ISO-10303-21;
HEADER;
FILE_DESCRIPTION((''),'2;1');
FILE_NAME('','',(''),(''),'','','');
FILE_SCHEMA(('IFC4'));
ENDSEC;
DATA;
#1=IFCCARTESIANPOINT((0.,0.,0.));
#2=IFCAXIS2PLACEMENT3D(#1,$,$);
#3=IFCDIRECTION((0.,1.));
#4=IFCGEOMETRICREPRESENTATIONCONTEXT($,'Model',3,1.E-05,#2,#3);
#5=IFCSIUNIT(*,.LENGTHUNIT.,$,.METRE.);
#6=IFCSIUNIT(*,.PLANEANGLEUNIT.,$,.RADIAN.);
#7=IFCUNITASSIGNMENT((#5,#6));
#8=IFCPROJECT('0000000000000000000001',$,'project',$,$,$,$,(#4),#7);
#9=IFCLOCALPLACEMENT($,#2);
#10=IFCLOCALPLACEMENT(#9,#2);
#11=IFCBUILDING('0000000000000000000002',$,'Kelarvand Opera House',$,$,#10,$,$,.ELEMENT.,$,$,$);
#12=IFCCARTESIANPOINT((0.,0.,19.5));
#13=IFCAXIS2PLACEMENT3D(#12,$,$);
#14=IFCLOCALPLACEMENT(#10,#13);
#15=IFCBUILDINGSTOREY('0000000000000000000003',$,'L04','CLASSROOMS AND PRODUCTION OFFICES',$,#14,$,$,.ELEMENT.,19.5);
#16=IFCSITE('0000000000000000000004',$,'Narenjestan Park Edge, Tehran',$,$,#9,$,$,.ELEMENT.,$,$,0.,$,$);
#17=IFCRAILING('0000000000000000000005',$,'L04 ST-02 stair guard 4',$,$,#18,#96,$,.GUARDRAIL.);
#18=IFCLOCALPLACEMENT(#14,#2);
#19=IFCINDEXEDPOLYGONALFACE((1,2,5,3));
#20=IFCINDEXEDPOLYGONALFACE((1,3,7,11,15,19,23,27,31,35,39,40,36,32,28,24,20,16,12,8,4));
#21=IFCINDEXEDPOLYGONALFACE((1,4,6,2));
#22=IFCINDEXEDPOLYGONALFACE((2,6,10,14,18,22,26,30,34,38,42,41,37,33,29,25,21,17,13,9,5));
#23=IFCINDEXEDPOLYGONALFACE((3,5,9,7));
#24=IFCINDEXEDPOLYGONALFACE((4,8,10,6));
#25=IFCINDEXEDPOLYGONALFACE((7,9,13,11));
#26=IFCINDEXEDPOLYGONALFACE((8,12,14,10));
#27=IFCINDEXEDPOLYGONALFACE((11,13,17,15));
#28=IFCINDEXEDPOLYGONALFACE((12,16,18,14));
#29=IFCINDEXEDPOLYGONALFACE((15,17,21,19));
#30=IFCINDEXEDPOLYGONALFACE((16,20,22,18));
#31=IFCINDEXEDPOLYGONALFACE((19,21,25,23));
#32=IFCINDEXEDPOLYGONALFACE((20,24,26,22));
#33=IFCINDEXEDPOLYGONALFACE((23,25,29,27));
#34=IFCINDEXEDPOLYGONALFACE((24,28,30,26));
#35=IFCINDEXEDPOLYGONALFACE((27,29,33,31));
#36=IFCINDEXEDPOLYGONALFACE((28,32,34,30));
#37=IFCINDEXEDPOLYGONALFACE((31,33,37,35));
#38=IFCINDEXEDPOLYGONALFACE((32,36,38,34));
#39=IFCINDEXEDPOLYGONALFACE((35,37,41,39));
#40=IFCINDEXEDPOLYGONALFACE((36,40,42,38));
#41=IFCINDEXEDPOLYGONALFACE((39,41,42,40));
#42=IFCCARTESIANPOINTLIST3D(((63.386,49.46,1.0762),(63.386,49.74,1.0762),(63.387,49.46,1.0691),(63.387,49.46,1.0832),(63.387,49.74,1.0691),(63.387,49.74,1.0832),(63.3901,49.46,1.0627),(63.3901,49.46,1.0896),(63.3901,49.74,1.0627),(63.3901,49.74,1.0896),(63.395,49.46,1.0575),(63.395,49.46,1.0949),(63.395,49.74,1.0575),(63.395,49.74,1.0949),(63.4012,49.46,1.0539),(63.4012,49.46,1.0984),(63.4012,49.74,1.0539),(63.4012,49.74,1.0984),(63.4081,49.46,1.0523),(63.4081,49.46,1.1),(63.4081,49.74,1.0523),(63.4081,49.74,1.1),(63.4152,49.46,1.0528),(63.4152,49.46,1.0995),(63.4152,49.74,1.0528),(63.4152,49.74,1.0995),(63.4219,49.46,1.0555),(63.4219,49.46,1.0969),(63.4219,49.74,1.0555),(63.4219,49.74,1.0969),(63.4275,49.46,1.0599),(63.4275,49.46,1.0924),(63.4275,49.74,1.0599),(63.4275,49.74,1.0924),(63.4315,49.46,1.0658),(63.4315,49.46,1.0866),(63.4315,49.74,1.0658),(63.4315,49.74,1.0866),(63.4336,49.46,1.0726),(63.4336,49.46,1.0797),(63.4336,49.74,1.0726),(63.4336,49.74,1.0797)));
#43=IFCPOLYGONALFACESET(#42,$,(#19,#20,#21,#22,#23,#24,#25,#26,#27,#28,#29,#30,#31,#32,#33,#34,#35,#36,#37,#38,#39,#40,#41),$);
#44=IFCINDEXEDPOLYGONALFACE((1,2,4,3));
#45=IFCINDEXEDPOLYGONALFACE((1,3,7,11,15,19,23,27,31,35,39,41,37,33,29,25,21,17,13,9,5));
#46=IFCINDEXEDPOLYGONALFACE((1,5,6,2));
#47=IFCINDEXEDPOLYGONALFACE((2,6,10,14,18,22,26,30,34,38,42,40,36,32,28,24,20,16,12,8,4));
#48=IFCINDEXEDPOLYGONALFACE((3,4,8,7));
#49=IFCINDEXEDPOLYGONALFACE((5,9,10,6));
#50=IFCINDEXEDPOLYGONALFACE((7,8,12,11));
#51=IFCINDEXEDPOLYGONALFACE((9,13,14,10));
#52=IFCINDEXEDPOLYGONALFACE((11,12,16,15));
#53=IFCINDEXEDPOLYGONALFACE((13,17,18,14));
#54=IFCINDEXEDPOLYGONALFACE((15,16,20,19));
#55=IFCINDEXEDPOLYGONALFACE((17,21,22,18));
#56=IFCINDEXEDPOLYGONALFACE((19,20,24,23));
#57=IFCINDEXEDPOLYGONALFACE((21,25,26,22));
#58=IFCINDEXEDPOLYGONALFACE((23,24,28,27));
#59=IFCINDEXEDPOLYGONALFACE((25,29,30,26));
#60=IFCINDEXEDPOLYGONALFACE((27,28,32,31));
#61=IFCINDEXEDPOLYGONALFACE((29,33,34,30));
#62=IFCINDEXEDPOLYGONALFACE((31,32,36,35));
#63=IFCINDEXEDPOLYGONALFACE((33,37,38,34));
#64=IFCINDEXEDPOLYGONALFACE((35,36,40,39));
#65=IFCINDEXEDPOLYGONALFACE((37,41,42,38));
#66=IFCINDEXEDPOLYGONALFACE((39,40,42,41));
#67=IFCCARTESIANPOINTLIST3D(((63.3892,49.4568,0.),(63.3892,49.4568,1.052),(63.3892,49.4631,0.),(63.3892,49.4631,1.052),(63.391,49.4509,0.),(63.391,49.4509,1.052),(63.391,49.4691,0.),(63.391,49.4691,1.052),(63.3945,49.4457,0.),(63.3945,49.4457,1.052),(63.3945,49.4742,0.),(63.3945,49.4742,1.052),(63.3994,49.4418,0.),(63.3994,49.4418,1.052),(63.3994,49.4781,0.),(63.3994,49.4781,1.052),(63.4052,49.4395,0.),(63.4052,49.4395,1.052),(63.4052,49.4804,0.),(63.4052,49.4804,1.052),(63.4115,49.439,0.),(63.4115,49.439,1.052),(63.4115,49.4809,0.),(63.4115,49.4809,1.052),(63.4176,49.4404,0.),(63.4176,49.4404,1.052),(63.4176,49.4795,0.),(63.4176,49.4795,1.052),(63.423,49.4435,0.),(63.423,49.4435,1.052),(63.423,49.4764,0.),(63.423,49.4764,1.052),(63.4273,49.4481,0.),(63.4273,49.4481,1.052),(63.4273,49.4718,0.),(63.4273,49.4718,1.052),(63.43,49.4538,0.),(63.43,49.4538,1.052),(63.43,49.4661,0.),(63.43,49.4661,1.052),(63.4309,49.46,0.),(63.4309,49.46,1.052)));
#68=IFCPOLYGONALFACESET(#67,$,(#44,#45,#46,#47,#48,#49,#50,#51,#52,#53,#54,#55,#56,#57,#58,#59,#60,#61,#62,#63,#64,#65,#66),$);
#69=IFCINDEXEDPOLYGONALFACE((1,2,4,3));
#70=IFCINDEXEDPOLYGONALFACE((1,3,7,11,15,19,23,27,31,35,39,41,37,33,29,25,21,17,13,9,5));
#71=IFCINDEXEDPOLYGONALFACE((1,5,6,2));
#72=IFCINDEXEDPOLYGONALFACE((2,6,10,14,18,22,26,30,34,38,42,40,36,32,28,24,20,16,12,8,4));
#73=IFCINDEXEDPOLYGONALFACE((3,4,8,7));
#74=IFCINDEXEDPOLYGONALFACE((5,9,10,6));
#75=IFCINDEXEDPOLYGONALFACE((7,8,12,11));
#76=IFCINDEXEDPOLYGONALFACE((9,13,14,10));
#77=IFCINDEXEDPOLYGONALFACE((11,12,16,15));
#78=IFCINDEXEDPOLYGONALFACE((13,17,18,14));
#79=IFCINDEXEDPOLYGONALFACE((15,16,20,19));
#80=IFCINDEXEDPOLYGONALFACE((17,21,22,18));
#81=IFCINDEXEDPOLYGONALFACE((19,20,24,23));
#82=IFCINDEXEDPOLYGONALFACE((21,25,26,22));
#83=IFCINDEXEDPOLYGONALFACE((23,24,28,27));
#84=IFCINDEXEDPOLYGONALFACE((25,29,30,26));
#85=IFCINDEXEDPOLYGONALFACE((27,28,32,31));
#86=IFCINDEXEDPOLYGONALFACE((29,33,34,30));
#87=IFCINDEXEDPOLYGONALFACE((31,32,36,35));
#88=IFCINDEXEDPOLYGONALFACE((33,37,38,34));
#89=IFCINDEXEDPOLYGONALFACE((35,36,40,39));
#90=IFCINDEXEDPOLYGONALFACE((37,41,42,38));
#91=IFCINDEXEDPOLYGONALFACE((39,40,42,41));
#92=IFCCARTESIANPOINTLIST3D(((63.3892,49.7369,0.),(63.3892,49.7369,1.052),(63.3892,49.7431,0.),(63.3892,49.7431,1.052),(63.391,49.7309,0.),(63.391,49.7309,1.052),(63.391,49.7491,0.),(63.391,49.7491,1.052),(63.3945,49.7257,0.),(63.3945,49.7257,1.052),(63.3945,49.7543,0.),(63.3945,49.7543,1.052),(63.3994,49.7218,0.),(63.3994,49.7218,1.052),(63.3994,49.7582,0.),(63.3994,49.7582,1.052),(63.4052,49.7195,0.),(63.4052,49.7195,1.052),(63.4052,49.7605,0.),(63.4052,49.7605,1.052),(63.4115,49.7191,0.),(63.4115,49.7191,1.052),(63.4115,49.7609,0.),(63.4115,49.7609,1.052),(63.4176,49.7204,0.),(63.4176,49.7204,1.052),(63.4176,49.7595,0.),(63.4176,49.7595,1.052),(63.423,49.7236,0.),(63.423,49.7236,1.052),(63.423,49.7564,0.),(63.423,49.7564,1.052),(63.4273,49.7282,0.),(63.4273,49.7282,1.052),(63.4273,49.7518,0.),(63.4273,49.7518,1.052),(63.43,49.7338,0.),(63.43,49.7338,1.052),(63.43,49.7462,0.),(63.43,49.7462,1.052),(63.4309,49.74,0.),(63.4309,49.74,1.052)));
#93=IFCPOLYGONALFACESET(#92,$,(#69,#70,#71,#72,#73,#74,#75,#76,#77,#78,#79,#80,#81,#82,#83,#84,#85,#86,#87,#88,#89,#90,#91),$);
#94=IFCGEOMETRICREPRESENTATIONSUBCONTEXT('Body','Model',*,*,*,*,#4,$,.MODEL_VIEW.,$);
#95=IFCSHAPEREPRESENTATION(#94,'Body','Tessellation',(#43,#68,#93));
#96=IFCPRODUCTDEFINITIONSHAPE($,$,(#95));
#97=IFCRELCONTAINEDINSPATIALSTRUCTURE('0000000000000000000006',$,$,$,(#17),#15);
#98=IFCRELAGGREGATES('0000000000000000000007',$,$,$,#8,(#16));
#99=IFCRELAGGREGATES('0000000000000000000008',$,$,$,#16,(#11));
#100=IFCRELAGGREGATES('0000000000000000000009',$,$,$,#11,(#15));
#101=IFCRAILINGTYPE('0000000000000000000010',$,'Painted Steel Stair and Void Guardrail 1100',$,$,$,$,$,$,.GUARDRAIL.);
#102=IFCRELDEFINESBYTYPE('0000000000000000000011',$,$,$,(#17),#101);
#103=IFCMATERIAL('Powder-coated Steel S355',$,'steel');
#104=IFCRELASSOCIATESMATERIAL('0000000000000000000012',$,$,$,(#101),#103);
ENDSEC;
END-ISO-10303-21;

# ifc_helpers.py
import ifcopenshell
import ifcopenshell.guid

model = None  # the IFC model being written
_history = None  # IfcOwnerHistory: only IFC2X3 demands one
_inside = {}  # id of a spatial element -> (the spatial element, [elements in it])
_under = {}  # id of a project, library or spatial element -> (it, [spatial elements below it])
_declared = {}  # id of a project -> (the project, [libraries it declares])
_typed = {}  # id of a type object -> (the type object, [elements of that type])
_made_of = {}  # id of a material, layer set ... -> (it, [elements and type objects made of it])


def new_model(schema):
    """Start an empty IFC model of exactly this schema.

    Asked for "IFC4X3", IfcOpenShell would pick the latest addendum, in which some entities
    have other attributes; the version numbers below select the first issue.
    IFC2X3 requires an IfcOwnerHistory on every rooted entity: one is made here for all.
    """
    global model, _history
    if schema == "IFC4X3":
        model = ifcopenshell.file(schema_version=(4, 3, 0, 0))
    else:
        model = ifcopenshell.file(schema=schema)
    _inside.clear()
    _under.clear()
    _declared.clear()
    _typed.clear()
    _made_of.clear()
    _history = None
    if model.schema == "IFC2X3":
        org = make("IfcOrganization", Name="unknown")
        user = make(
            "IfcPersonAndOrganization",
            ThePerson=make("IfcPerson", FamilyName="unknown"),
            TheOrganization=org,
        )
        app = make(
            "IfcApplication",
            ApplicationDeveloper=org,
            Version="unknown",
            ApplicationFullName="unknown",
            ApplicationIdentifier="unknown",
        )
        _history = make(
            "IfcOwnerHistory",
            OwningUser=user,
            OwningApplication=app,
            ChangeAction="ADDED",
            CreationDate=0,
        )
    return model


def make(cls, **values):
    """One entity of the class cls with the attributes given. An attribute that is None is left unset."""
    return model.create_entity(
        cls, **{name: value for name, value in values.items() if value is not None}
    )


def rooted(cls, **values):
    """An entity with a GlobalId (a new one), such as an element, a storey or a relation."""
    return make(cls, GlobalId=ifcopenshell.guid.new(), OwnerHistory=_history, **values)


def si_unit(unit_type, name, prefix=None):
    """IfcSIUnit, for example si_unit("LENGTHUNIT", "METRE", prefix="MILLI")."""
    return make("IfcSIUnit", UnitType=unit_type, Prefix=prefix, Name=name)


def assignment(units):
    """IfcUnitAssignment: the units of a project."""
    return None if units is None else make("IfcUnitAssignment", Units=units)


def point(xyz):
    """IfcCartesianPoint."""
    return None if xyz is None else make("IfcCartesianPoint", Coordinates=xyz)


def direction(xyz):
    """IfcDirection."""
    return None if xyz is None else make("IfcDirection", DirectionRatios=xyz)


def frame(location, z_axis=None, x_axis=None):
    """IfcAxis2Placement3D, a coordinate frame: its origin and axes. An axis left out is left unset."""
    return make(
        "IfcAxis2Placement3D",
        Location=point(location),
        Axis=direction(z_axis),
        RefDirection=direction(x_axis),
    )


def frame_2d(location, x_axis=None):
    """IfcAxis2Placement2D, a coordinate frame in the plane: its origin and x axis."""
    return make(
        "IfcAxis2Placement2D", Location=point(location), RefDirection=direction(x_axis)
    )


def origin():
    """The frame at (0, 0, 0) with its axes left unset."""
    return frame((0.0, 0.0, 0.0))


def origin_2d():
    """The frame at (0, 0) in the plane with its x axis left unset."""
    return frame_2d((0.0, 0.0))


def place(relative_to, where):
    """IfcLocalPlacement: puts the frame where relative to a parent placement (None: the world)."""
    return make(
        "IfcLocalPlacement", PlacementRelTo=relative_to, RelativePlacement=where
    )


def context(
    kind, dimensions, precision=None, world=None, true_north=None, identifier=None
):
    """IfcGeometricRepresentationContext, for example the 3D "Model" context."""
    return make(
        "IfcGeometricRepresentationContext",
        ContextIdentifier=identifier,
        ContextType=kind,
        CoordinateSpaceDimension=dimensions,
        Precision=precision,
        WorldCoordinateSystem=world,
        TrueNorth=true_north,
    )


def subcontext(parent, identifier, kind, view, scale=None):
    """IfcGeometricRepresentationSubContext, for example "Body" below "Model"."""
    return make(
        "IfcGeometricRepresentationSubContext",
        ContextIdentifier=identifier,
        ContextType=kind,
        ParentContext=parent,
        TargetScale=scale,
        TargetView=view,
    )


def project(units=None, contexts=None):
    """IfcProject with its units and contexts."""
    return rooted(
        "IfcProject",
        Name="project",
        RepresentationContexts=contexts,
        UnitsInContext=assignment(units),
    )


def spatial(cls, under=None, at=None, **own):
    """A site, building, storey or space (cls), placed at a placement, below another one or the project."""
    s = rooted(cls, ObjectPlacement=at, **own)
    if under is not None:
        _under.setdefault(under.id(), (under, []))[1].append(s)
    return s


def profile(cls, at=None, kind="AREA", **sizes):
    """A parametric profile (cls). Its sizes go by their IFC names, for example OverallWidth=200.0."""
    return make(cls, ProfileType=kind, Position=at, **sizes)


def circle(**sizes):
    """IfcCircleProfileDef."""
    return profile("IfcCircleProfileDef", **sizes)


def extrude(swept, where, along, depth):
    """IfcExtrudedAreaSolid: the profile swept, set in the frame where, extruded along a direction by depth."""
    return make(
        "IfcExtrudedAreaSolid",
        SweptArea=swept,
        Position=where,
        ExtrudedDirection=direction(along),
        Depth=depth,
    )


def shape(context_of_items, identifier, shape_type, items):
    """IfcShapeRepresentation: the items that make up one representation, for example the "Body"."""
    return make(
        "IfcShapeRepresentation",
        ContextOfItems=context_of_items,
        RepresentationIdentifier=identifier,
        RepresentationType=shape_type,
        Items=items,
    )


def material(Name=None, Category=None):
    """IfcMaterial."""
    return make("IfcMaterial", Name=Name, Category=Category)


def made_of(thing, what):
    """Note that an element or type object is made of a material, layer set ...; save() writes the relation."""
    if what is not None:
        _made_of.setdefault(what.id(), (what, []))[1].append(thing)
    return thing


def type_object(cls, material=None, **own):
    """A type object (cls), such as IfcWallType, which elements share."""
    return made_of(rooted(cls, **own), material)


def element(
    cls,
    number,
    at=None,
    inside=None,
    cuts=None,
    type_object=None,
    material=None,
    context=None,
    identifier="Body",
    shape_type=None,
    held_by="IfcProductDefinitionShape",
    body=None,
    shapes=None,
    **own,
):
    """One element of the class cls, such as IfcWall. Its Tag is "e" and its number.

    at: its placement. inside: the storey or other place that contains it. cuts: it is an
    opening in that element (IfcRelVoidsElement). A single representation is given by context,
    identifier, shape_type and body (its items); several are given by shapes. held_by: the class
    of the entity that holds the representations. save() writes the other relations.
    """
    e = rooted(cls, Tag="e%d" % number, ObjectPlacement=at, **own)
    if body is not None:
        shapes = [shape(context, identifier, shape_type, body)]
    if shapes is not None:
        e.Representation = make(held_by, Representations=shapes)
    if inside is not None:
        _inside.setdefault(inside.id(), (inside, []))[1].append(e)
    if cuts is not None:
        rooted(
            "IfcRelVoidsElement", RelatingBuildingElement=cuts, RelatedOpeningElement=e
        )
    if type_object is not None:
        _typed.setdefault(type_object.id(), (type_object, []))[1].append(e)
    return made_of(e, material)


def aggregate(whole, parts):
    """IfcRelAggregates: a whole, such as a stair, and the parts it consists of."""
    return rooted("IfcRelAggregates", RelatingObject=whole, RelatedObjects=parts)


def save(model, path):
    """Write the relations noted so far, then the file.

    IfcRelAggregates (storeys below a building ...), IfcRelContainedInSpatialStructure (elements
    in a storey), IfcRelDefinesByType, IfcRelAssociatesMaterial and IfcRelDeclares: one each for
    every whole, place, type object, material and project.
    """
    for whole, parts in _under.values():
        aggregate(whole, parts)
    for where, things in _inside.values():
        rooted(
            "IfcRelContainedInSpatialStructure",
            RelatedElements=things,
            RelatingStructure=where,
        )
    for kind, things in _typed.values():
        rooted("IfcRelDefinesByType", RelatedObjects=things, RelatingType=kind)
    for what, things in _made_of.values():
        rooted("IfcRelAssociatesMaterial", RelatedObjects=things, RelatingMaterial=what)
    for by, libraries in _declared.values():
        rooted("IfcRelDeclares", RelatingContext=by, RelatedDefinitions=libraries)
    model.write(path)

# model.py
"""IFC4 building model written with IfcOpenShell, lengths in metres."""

from ifc_helpers import new_model, si_unit, direction, frame, origin, origin_2d, place, context, subcontext, project, spatial, circle, extrude, material, type_object, element, save


model = new_model("IFC4")

# Units and contexts
model_context = context("Model", 3, precision=1e-05, world=origin(), true_north=direction((0.0, 1.0)))
body_context = subcontext(model_context, "Body", "Model", "MODEL_VIEW")
ifc_project = project(units=[si_unit("LENGTHUNIT", "METRE"), si_unit("PLANEANGLEUNIT", "RADIAN")], contexts=[model_context])

# Site, building, storey
site_placement = place(None, origin())
site = spatial("IfcSite", under=ifc_project, at=site_placement, Name="Narenjestan Park Edge, Tehran", CompositionType="ELEMENT", RefElevation=0.0)
building_placement = place(site_placement, origin())
building = spatial("IfcBuilding", under=site, at=building_placement, Name="Kelarvand Opera House", CompositionType="ELEMENT")
storey_placement = place(building_placement, frame((0.0, 0.0, 19.5)))
storey = spatial("IfcBuildingStorey", under=building, at=storey_placement, Name="L04", Description="CLASSROOMS AND PRODUCTION OFFICES", CompositionType="ELEMENT", Elevation=19.5)

# Railing
ifc_material_1 = material(Name="Powder-coated Steel S355", Category="steel")
railing_type_1 = type_object("IfcRailingType", Name="Painted Steel Stair and Void Guardrail 1100", PredefinedType="GUARDRAIL", material=ifc_material_1)
railing_1_placement = place(storey_placement, frame((63.4099, 49.46, 0.0)))
element("IfcRailing", 1, at=railing_1_placement, inside=storey, type_object=railing_type_1, Name="L04 ST-02 stair guard 4", PredefinedType="GUARDRAIL", context=body_context, shape_type="SweptSolid", body=[
    extrude(circle(Radius=0.0239, at=origin_2d()), frame((0.0, 0.0, 1.0762), z_axis=(0.0, 1.0, 0.0), x_axis=(-1.0, 0.0, 0.0)), (0.0, 0.0, 1.0), 0.28),
    extrude(circle(Radius=0.021, at=origin_2d()), origin(), (0.0, 0.0, 1.0), 1.052),
    extrude(circle(Radius=0.021, at=origin_2d()), frame((0.0, 0.28, 0.0)), (0.0, 0.0, 1.0), 1.052),
])

save(model, "model.ifc")
